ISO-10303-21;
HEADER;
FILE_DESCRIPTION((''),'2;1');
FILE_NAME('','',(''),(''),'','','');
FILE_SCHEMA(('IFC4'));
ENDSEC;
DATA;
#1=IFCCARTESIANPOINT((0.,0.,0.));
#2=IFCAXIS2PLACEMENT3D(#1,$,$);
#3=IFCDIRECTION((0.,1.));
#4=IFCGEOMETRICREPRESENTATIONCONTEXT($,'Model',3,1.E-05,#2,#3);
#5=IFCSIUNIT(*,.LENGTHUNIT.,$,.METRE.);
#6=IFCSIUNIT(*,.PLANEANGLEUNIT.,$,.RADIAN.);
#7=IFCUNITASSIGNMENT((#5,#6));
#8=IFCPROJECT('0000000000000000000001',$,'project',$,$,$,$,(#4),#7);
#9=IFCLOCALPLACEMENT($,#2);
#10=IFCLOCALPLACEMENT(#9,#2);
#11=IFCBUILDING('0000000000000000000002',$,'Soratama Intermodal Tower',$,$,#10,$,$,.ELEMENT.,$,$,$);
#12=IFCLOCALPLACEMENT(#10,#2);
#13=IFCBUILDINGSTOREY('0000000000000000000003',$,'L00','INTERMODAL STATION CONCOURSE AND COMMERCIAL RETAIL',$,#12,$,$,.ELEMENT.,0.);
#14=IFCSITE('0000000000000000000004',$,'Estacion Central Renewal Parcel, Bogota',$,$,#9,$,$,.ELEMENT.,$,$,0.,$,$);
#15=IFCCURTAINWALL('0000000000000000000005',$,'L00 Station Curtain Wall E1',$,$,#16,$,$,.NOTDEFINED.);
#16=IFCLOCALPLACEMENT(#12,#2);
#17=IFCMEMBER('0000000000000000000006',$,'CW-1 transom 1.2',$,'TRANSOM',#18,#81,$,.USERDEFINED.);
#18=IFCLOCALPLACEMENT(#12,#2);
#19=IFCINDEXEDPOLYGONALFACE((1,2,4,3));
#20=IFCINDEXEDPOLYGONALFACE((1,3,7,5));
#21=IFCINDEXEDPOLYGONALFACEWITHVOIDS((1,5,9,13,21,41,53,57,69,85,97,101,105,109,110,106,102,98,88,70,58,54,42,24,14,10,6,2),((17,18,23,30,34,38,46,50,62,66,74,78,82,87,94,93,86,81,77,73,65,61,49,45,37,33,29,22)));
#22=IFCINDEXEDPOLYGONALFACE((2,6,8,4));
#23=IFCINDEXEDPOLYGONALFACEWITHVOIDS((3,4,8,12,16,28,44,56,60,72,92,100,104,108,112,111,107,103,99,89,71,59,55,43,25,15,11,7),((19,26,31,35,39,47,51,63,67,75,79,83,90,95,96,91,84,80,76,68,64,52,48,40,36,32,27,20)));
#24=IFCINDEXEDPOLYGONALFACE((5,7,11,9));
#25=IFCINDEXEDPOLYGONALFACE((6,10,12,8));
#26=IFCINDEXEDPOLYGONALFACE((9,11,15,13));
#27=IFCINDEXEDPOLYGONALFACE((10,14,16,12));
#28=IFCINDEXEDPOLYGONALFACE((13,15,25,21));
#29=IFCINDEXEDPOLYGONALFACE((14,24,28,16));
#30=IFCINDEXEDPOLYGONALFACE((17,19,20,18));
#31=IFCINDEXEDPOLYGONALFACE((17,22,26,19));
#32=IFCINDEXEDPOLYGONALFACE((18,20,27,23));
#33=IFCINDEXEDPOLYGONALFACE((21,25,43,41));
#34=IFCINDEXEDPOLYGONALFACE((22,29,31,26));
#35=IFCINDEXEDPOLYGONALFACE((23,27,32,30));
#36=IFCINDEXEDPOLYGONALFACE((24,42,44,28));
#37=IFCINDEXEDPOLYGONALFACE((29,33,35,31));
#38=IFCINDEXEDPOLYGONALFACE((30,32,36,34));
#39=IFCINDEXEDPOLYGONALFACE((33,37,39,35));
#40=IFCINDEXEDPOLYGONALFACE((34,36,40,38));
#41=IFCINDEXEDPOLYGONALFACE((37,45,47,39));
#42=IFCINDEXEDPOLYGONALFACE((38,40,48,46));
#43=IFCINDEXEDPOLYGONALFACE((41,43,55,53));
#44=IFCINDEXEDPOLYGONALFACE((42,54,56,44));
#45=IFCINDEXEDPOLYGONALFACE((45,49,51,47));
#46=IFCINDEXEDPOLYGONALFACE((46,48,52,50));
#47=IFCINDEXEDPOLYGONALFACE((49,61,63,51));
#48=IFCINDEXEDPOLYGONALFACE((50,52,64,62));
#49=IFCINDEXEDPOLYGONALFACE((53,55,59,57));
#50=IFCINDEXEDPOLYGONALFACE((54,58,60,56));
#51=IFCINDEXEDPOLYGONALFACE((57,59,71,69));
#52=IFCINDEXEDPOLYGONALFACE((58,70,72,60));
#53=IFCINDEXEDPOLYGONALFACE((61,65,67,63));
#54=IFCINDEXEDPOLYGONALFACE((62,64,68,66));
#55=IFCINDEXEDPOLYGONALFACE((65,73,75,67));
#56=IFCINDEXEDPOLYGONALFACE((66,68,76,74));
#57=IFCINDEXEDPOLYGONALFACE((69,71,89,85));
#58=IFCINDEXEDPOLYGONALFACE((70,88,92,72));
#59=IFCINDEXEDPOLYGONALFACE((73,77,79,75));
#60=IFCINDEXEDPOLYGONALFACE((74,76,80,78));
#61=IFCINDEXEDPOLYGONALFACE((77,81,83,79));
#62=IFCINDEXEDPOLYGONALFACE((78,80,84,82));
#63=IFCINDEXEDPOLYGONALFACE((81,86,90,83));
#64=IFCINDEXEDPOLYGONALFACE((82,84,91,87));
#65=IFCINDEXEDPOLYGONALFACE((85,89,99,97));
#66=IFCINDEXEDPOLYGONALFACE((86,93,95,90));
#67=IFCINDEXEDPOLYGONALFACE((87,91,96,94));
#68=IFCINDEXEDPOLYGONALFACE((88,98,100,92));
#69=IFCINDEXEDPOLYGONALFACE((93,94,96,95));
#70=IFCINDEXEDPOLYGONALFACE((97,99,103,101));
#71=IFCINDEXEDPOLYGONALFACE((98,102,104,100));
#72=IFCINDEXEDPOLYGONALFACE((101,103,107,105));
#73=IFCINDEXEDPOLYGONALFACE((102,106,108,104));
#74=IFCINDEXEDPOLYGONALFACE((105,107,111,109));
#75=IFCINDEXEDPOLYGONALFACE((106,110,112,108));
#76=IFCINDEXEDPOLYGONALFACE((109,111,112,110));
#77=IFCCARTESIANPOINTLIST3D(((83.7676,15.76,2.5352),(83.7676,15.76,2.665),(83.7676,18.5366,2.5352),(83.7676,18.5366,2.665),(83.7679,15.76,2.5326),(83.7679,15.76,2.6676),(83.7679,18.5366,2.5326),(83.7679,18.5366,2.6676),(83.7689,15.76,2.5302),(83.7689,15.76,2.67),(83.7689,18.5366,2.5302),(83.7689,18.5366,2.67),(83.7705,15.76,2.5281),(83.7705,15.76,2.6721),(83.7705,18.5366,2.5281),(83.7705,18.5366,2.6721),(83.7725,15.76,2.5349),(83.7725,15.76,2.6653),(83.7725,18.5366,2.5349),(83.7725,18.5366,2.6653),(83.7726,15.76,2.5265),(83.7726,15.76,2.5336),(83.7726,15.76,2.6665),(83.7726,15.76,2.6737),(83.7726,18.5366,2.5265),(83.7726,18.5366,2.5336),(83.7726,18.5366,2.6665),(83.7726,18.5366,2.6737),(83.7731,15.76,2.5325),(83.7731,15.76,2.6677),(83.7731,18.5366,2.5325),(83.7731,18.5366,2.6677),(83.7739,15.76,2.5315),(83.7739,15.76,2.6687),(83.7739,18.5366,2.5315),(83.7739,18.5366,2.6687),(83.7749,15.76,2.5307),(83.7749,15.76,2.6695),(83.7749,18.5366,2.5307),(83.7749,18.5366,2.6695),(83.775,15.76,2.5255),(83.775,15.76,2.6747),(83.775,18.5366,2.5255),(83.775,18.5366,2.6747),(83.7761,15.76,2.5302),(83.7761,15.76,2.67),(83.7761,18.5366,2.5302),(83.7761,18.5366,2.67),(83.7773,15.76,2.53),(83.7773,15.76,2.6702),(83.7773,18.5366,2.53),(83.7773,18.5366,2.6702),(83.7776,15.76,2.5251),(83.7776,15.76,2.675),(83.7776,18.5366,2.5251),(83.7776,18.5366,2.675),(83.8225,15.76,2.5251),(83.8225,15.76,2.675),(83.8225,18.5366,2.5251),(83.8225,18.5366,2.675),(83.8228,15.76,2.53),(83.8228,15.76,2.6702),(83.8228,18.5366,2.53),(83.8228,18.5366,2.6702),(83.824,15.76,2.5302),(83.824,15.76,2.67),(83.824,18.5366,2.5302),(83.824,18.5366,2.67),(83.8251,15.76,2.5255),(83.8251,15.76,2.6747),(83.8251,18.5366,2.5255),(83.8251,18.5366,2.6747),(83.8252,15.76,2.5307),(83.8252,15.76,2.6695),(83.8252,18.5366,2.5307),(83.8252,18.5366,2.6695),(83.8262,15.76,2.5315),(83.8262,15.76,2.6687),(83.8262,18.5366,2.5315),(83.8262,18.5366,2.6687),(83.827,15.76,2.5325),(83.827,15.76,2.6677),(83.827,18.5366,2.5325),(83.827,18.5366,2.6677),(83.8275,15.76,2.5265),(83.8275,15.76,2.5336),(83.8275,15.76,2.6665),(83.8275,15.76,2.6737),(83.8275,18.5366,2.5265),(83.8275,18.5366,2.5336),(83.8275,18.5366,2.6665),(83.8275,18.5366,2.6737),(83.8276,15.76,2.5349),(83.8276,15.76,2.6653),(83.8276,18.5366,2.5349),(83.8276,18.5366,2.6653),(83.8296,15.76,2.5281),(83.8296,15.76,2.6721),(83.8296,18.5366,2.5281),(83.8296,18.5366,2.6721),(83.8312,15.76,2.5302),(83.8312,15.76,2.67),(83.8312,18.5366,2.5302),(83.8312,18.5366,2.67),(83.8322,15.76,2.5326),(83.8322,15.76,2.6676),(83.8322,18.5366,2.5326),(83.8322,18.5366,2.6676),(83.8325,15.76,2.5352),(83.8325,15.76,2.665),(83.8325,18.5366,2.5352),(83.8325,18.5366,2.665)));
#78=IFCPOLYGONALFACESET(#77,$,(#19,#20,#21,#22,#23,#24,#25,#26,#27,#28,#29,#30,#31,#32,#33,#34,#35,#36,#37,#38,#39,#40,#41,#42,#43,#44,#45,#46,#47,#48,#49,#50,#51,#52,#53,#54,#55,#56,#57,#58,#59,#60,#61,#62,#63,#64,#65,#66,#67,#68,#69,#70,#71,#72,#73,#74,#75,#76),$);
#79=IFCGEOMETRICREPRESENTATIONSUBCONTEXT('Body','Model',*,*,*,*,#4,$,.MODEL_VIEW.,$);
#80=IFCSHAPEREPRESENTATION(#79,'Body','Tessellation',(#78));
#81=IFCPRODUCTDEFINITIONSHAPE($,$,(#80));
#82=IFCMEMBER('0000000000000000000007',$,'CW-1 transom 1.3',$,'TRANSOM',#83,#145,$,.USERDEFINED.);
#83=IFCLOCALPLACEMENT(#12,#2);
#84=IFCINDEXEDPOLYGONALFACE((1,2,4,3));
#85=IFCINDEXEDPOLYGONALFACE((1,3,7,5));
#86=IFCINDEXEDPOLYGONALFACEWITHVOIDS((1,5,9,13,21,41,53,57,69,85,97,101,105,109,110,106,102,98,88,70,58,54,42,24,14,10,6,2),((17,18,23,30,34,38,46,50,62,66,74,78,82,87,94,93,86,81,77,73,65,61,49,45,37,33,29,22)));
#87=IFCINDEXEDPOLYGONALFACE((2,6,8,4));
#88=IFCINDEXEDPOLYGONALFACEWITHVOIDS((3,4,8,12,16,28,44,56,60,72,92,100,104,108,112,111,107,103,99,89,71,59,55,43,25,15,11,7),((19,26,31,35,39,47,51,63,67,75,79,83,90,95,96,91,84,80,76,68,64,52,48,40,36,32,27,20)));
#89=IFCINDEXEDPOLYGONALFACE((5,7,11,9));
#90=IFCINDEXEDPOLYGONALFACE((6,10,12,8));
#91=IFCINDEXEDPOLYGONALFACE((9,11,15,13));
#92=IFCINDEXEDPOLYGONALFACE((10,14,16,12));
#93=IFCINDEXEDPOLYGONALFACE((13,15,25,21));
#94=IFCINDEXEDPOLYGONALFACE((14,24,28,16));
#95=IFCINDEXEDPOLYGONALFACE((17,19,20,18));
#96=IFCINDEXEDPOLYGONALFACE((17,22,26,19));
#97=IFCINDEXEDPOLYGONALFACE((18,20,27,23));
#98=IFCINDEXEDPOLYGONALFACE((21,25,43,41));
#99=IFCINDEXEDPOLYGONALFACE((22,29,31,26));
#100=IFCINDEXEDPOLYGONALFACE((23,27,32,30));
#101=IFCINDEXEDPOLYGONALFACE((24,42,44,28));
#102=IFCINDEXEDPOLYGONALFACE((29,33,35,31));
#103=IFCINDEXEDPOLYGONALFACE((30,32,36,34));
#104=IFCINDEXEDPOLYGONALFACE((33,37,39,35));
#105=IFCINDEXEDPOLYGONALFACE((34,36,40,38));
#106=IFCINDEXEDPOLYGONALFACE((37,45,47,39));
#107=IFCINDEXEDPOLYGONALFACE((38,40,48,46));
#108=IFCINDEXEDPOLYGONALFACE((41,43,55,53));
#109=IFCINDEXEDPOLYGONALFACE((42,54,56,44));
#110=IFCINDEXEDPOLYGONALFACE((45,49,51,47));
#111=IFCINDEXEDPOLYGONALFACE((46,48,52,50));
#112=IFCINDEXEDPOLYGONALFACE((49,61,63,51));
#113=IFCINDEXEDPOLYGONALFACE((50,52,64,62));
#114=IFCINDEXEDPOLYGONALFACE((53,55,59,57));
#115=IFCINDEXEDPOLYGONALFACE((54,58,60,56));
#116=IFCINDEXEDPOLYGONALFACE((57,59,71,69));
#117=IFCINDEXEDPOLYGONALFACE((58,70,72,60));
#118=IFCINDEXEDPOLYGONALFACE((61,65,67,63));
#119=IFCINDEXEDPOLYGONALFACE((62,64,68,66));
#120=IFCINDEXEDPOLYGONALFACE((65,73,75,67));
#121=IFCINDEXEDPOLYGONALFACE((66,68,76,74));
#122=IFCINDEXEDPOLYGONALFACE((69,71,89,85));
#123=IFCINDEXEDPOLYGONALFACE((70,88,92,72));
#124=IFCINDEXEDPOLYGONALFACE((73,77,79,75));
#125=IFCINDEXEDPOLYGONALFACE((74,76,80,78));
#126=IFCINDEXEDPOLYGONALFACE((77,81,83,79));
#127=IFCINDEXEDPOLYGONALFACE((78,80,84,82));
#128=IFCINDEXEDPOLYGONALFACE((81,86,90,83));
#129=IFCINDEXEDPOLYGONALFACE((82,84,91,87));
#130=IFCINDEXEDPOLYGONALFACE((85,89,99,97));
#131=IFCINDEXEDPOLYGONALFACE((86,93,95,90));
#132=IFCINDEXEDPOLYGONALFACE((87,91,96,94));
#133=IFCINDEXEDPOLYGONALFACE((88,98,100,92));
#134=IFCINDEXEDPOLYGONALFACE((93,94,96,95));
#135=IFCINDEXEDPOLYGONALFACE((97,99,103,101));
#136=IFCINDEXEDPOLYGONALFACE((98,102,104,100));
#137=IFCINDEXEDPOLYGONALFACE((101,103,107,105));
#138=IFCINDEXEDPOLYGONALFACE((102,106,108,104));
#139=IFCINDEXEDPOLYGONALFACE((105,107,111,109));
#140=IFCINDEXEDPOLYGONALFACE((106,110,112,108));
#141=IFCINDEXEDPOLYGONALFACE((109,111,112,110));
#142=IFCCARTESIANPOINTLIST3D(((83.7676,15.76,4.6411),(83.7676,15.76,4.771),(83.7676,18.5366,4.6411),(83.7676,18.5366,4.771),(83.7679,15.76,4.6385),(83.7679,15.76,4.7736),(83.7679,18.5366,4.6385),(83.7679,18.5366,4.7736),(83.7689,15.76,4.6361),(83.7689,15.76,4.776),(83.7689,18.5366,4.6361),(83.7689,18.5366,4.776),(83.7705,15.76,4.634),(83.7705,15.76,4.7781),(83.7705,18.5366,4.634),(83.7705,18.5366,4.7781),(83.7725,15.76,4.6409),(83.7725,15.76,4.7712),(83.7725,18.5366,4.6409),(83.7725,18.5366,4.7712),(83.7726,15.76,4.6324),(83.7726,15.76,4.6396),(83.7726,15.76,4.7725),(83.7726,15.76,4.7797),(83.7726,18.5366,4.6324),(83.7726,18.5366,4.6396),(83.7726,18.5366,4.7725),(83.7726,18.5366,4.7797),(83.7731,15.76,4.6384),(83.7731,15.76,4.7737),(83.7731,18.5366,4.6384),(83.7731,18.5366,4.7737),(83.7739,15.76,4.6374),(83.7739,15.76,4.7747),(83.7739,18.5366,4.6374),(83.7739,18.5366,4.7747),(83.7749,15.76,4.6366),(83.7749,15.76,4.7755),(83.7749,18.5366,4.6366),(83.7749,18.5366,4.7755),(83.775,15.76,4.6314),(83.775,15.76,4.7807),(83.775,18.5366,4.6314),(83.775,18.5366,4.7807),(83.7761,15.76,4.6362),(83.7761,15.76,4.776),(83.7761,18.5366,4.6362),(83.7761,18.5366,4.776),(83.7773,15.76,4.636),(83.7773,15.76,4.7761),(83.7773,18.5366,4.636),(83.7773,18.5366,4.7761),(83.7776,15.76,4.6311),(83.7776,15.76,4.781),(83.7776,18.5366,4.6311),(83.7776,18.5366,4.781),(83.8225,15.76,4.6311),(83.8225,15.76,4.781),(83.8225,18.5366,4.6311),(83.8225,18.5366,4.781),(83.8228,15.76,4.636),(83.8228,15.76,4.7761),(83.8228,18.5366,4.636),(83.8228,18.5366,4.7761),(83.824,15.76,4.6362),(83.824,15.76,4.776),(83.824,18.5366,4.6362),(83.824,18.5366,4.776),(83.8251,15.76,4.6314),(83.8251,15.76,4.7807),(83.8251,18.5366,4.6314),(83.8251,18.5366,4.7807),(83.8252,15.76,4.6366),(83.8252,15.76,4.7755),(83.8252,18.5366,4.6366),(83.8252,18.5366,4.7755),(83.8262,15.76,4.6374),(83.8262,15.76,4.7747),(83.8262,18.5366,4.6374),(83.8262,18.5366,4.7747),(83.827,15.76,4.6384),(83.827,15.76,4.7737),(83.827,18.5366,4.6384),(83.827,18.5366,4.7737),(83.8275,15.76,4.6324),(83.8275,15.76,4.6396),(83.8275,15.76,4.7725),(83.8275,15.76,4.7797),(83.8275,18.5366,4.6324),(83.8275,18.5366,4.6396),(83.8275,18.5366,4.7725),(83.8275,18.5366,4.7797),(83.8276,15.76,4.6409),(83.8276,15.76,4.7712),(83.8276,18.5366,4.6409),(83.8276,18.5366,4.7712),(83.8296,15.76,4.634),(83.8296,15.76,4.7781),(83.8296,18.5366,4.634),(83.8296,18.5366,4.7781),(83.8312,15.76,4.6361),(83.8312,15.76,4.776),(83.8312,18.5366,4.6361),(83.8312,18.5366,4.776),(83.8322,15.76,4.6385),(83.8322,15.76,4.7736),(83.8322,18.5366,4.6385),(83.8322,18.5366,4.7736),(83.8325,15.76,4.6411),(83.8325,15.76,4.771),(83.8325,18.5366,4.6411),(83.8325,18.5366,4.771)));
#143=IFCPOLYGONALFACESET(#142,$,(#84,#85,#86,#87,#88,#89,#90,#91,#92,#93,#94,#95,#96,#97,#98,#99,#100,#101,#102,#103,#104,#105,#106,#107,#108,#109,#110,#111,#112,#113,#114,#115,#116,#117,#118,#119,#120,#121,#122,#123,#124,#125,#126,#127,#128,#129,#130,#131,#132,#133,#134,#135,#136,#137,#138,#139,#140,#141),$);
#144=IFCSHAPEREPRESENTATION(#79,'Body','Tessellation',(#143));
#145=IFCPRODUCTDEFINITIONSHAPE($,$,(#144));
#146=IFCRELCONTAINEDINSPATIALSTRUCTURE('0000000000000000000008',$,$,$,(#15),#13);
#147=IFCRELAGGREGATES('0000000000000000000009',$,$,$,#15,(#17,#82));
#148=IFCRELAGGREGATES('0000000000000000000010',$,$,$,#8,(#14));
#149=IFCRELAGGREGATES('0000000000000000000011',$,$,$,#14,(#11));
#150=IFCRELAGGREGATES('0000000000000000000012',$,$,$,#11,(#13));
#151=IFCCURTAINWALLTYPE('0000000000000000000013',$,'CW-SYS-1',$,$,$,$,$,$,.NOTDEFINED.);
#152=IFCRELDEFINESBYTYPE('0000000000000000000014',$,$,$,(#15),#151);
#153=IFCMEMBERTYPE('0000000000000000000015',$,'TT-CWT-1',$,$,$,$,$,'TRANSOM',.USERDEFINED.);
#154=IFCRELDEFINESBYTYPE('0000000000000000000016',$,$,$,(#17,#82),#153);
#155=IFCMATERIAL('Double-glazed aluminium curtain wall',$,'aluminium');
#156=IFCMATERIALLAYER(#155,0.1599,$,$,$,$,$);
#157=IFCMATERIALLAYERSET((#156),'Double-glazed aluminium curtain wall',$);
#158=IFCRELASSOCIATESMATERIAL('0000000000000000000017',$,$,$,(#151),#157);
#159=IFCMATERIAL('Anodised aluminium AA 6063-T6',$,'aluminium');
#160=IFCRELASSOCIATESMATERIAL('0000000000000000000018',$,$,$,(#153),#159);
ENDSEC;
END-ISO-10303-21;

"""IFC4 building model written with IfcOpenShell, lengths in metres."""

from ifc_helpers import new_model, si_unit, direction, frame, origin, origin_2d, place, context, subcontext, project, spatial, hollow_rectangle, extrude, material, layer, layer_set, material_profile, profile_set, type_object, element, aggregate, save


model = new_model("IFC4")

# Units and contexts
model_context = context("Model", 3, precision=1e-05, world=origin(), true_north=direction((0.0, 1.0)))
body_context = subcontext(model_context, "Body", "Model", "MODEL_VIEW")
ifc_project = project(units=[si_unit("LENGTHUNIT", "METRE"), si_unit("PLANEANGLEUNIT", "RADIAN")], contexts=[model_context])

# Site, building, storey
site_placement = place(None, origin())
site = spatial("IfcSite", under=ifc_project, at=site_placement, Name="Estacion Central Renewal Parcel, Bogota", CompositionType="ELEMENT", RefElevation=0.0)
building_placement = place(site_placement, origin())
building = spatial("IfcBuilding", under=site, at=building_placement, Name="Soratama Intermodal Tower", CompositionType="ELEMENT")
storey_placement = place(building_placement, origin())
storey = spatial("IfcBuildingStorey", under=building, at=storey_placement, Name="L00", Description="INTERMODAL STATION CONCOURSE AND COMMERCIAL RETAIL", CompositionType="ELEMENT", Elevation=0.0)

# Curtain wall
ifc_material_1 = material(Name="Double-glazed aluminium curtain wall", Category="aluminium")
ifc_layer_1 = layer(ifc_material_1, 0.1599)
ifc_layer_set_1 = layer_set([ifc_layer_1], Name="Double-glazed aluminium curtain wall")
curtain_wall_type = type_object("IfcCurtainWallType", Name="CW-SYS-1", PredefinedType="NOTDEFINED", material=ifc_layer_set_1)
curtain_wall_1_placement = place(storey_placement, origin())
curtain_wall_1 = element("IfcCurtainWall", 1, at=curtain_wall_1_placement, inside=storey, type_object=curtain_wall_type, Name="L00 Station Curtain Wall E1", PredefinedType="NOTDEFINED")

# Members
ifc_material_2 = material(Name="Anodised aluminium AA 6063-T6", Category="aluminium")
ifc_material_profile_1 = material_profile(ifc_material_2, hollow_rectangle(XDim=0.0649, YDim=0.1499, WallThickness=0.0049, InnerFilletRadius=0.0049, OuterFilletRadius=0.01, at=origin_2d()), Name="CWT150X65X5")
ifc_profile_set_1 = profile_set([ifc_material_profile_1], Name="Anodised aluminium AA 6063-T6")
member_type_1 = type_object("IfcMemberType", Name="TT-CWT-1", ElementType="TRANSOM", PredefinedType="USERDEFINED", material=ifc_profile_set_1)
member_1_placement = place(storey_placement, frame((83.8, 15.76, 2.6001), z_axis=(0.0, 1.0, 0.0), x_axis=(-1.0, 0.0, 0.0)))
member_1 = element("IfcMember", 2, at=member_1_placement, type_object=member_type_1, Name="CW-1 transom 1.2", ObjectType="TRANSOM", PredefinedType="USERDEFINED", context=body_context, shape_type="SweptSolid", body=[
    extrude(hollow_rectangle(XDim=0.0649, YDim=0.1499, WallThickness=0.0049, InnerFilletRadius=0.0049, OuterFilletRadius=0.01, at=origin_2d()), origin(), (0.0, 0.0, 1.0), 2.7766),
])
member_2_placement = place(storey_placement, frame((83.8, 15.76, 4.7061), z_axis=(0.0, 1.0, 0.0), x_axis=(-1.0, 0.0, 0.0)))
member_2 = element("IfcMember", 3, at=member_2_placement, type_object=member_type_1, Name="CW-1 transom 1.3", ObjectType="TRANSOM", PredefinedType="USERDEFINED", context=body_context, shape_type="SweptSolid", body=[
    extrude(hollow_rectangle(XDim=0.0649, YDim=0.1499, WallThickness=0.0049, InnerFilletRadius=0.0049, OuterFilletRadius=0.01, at=origin_2d()), origin(), (0.0, 0.0, 1.0), 2.7766),
])

aggregate(curtain_wall_1, [member_1, member_2])

save(model, "model.ifc")
